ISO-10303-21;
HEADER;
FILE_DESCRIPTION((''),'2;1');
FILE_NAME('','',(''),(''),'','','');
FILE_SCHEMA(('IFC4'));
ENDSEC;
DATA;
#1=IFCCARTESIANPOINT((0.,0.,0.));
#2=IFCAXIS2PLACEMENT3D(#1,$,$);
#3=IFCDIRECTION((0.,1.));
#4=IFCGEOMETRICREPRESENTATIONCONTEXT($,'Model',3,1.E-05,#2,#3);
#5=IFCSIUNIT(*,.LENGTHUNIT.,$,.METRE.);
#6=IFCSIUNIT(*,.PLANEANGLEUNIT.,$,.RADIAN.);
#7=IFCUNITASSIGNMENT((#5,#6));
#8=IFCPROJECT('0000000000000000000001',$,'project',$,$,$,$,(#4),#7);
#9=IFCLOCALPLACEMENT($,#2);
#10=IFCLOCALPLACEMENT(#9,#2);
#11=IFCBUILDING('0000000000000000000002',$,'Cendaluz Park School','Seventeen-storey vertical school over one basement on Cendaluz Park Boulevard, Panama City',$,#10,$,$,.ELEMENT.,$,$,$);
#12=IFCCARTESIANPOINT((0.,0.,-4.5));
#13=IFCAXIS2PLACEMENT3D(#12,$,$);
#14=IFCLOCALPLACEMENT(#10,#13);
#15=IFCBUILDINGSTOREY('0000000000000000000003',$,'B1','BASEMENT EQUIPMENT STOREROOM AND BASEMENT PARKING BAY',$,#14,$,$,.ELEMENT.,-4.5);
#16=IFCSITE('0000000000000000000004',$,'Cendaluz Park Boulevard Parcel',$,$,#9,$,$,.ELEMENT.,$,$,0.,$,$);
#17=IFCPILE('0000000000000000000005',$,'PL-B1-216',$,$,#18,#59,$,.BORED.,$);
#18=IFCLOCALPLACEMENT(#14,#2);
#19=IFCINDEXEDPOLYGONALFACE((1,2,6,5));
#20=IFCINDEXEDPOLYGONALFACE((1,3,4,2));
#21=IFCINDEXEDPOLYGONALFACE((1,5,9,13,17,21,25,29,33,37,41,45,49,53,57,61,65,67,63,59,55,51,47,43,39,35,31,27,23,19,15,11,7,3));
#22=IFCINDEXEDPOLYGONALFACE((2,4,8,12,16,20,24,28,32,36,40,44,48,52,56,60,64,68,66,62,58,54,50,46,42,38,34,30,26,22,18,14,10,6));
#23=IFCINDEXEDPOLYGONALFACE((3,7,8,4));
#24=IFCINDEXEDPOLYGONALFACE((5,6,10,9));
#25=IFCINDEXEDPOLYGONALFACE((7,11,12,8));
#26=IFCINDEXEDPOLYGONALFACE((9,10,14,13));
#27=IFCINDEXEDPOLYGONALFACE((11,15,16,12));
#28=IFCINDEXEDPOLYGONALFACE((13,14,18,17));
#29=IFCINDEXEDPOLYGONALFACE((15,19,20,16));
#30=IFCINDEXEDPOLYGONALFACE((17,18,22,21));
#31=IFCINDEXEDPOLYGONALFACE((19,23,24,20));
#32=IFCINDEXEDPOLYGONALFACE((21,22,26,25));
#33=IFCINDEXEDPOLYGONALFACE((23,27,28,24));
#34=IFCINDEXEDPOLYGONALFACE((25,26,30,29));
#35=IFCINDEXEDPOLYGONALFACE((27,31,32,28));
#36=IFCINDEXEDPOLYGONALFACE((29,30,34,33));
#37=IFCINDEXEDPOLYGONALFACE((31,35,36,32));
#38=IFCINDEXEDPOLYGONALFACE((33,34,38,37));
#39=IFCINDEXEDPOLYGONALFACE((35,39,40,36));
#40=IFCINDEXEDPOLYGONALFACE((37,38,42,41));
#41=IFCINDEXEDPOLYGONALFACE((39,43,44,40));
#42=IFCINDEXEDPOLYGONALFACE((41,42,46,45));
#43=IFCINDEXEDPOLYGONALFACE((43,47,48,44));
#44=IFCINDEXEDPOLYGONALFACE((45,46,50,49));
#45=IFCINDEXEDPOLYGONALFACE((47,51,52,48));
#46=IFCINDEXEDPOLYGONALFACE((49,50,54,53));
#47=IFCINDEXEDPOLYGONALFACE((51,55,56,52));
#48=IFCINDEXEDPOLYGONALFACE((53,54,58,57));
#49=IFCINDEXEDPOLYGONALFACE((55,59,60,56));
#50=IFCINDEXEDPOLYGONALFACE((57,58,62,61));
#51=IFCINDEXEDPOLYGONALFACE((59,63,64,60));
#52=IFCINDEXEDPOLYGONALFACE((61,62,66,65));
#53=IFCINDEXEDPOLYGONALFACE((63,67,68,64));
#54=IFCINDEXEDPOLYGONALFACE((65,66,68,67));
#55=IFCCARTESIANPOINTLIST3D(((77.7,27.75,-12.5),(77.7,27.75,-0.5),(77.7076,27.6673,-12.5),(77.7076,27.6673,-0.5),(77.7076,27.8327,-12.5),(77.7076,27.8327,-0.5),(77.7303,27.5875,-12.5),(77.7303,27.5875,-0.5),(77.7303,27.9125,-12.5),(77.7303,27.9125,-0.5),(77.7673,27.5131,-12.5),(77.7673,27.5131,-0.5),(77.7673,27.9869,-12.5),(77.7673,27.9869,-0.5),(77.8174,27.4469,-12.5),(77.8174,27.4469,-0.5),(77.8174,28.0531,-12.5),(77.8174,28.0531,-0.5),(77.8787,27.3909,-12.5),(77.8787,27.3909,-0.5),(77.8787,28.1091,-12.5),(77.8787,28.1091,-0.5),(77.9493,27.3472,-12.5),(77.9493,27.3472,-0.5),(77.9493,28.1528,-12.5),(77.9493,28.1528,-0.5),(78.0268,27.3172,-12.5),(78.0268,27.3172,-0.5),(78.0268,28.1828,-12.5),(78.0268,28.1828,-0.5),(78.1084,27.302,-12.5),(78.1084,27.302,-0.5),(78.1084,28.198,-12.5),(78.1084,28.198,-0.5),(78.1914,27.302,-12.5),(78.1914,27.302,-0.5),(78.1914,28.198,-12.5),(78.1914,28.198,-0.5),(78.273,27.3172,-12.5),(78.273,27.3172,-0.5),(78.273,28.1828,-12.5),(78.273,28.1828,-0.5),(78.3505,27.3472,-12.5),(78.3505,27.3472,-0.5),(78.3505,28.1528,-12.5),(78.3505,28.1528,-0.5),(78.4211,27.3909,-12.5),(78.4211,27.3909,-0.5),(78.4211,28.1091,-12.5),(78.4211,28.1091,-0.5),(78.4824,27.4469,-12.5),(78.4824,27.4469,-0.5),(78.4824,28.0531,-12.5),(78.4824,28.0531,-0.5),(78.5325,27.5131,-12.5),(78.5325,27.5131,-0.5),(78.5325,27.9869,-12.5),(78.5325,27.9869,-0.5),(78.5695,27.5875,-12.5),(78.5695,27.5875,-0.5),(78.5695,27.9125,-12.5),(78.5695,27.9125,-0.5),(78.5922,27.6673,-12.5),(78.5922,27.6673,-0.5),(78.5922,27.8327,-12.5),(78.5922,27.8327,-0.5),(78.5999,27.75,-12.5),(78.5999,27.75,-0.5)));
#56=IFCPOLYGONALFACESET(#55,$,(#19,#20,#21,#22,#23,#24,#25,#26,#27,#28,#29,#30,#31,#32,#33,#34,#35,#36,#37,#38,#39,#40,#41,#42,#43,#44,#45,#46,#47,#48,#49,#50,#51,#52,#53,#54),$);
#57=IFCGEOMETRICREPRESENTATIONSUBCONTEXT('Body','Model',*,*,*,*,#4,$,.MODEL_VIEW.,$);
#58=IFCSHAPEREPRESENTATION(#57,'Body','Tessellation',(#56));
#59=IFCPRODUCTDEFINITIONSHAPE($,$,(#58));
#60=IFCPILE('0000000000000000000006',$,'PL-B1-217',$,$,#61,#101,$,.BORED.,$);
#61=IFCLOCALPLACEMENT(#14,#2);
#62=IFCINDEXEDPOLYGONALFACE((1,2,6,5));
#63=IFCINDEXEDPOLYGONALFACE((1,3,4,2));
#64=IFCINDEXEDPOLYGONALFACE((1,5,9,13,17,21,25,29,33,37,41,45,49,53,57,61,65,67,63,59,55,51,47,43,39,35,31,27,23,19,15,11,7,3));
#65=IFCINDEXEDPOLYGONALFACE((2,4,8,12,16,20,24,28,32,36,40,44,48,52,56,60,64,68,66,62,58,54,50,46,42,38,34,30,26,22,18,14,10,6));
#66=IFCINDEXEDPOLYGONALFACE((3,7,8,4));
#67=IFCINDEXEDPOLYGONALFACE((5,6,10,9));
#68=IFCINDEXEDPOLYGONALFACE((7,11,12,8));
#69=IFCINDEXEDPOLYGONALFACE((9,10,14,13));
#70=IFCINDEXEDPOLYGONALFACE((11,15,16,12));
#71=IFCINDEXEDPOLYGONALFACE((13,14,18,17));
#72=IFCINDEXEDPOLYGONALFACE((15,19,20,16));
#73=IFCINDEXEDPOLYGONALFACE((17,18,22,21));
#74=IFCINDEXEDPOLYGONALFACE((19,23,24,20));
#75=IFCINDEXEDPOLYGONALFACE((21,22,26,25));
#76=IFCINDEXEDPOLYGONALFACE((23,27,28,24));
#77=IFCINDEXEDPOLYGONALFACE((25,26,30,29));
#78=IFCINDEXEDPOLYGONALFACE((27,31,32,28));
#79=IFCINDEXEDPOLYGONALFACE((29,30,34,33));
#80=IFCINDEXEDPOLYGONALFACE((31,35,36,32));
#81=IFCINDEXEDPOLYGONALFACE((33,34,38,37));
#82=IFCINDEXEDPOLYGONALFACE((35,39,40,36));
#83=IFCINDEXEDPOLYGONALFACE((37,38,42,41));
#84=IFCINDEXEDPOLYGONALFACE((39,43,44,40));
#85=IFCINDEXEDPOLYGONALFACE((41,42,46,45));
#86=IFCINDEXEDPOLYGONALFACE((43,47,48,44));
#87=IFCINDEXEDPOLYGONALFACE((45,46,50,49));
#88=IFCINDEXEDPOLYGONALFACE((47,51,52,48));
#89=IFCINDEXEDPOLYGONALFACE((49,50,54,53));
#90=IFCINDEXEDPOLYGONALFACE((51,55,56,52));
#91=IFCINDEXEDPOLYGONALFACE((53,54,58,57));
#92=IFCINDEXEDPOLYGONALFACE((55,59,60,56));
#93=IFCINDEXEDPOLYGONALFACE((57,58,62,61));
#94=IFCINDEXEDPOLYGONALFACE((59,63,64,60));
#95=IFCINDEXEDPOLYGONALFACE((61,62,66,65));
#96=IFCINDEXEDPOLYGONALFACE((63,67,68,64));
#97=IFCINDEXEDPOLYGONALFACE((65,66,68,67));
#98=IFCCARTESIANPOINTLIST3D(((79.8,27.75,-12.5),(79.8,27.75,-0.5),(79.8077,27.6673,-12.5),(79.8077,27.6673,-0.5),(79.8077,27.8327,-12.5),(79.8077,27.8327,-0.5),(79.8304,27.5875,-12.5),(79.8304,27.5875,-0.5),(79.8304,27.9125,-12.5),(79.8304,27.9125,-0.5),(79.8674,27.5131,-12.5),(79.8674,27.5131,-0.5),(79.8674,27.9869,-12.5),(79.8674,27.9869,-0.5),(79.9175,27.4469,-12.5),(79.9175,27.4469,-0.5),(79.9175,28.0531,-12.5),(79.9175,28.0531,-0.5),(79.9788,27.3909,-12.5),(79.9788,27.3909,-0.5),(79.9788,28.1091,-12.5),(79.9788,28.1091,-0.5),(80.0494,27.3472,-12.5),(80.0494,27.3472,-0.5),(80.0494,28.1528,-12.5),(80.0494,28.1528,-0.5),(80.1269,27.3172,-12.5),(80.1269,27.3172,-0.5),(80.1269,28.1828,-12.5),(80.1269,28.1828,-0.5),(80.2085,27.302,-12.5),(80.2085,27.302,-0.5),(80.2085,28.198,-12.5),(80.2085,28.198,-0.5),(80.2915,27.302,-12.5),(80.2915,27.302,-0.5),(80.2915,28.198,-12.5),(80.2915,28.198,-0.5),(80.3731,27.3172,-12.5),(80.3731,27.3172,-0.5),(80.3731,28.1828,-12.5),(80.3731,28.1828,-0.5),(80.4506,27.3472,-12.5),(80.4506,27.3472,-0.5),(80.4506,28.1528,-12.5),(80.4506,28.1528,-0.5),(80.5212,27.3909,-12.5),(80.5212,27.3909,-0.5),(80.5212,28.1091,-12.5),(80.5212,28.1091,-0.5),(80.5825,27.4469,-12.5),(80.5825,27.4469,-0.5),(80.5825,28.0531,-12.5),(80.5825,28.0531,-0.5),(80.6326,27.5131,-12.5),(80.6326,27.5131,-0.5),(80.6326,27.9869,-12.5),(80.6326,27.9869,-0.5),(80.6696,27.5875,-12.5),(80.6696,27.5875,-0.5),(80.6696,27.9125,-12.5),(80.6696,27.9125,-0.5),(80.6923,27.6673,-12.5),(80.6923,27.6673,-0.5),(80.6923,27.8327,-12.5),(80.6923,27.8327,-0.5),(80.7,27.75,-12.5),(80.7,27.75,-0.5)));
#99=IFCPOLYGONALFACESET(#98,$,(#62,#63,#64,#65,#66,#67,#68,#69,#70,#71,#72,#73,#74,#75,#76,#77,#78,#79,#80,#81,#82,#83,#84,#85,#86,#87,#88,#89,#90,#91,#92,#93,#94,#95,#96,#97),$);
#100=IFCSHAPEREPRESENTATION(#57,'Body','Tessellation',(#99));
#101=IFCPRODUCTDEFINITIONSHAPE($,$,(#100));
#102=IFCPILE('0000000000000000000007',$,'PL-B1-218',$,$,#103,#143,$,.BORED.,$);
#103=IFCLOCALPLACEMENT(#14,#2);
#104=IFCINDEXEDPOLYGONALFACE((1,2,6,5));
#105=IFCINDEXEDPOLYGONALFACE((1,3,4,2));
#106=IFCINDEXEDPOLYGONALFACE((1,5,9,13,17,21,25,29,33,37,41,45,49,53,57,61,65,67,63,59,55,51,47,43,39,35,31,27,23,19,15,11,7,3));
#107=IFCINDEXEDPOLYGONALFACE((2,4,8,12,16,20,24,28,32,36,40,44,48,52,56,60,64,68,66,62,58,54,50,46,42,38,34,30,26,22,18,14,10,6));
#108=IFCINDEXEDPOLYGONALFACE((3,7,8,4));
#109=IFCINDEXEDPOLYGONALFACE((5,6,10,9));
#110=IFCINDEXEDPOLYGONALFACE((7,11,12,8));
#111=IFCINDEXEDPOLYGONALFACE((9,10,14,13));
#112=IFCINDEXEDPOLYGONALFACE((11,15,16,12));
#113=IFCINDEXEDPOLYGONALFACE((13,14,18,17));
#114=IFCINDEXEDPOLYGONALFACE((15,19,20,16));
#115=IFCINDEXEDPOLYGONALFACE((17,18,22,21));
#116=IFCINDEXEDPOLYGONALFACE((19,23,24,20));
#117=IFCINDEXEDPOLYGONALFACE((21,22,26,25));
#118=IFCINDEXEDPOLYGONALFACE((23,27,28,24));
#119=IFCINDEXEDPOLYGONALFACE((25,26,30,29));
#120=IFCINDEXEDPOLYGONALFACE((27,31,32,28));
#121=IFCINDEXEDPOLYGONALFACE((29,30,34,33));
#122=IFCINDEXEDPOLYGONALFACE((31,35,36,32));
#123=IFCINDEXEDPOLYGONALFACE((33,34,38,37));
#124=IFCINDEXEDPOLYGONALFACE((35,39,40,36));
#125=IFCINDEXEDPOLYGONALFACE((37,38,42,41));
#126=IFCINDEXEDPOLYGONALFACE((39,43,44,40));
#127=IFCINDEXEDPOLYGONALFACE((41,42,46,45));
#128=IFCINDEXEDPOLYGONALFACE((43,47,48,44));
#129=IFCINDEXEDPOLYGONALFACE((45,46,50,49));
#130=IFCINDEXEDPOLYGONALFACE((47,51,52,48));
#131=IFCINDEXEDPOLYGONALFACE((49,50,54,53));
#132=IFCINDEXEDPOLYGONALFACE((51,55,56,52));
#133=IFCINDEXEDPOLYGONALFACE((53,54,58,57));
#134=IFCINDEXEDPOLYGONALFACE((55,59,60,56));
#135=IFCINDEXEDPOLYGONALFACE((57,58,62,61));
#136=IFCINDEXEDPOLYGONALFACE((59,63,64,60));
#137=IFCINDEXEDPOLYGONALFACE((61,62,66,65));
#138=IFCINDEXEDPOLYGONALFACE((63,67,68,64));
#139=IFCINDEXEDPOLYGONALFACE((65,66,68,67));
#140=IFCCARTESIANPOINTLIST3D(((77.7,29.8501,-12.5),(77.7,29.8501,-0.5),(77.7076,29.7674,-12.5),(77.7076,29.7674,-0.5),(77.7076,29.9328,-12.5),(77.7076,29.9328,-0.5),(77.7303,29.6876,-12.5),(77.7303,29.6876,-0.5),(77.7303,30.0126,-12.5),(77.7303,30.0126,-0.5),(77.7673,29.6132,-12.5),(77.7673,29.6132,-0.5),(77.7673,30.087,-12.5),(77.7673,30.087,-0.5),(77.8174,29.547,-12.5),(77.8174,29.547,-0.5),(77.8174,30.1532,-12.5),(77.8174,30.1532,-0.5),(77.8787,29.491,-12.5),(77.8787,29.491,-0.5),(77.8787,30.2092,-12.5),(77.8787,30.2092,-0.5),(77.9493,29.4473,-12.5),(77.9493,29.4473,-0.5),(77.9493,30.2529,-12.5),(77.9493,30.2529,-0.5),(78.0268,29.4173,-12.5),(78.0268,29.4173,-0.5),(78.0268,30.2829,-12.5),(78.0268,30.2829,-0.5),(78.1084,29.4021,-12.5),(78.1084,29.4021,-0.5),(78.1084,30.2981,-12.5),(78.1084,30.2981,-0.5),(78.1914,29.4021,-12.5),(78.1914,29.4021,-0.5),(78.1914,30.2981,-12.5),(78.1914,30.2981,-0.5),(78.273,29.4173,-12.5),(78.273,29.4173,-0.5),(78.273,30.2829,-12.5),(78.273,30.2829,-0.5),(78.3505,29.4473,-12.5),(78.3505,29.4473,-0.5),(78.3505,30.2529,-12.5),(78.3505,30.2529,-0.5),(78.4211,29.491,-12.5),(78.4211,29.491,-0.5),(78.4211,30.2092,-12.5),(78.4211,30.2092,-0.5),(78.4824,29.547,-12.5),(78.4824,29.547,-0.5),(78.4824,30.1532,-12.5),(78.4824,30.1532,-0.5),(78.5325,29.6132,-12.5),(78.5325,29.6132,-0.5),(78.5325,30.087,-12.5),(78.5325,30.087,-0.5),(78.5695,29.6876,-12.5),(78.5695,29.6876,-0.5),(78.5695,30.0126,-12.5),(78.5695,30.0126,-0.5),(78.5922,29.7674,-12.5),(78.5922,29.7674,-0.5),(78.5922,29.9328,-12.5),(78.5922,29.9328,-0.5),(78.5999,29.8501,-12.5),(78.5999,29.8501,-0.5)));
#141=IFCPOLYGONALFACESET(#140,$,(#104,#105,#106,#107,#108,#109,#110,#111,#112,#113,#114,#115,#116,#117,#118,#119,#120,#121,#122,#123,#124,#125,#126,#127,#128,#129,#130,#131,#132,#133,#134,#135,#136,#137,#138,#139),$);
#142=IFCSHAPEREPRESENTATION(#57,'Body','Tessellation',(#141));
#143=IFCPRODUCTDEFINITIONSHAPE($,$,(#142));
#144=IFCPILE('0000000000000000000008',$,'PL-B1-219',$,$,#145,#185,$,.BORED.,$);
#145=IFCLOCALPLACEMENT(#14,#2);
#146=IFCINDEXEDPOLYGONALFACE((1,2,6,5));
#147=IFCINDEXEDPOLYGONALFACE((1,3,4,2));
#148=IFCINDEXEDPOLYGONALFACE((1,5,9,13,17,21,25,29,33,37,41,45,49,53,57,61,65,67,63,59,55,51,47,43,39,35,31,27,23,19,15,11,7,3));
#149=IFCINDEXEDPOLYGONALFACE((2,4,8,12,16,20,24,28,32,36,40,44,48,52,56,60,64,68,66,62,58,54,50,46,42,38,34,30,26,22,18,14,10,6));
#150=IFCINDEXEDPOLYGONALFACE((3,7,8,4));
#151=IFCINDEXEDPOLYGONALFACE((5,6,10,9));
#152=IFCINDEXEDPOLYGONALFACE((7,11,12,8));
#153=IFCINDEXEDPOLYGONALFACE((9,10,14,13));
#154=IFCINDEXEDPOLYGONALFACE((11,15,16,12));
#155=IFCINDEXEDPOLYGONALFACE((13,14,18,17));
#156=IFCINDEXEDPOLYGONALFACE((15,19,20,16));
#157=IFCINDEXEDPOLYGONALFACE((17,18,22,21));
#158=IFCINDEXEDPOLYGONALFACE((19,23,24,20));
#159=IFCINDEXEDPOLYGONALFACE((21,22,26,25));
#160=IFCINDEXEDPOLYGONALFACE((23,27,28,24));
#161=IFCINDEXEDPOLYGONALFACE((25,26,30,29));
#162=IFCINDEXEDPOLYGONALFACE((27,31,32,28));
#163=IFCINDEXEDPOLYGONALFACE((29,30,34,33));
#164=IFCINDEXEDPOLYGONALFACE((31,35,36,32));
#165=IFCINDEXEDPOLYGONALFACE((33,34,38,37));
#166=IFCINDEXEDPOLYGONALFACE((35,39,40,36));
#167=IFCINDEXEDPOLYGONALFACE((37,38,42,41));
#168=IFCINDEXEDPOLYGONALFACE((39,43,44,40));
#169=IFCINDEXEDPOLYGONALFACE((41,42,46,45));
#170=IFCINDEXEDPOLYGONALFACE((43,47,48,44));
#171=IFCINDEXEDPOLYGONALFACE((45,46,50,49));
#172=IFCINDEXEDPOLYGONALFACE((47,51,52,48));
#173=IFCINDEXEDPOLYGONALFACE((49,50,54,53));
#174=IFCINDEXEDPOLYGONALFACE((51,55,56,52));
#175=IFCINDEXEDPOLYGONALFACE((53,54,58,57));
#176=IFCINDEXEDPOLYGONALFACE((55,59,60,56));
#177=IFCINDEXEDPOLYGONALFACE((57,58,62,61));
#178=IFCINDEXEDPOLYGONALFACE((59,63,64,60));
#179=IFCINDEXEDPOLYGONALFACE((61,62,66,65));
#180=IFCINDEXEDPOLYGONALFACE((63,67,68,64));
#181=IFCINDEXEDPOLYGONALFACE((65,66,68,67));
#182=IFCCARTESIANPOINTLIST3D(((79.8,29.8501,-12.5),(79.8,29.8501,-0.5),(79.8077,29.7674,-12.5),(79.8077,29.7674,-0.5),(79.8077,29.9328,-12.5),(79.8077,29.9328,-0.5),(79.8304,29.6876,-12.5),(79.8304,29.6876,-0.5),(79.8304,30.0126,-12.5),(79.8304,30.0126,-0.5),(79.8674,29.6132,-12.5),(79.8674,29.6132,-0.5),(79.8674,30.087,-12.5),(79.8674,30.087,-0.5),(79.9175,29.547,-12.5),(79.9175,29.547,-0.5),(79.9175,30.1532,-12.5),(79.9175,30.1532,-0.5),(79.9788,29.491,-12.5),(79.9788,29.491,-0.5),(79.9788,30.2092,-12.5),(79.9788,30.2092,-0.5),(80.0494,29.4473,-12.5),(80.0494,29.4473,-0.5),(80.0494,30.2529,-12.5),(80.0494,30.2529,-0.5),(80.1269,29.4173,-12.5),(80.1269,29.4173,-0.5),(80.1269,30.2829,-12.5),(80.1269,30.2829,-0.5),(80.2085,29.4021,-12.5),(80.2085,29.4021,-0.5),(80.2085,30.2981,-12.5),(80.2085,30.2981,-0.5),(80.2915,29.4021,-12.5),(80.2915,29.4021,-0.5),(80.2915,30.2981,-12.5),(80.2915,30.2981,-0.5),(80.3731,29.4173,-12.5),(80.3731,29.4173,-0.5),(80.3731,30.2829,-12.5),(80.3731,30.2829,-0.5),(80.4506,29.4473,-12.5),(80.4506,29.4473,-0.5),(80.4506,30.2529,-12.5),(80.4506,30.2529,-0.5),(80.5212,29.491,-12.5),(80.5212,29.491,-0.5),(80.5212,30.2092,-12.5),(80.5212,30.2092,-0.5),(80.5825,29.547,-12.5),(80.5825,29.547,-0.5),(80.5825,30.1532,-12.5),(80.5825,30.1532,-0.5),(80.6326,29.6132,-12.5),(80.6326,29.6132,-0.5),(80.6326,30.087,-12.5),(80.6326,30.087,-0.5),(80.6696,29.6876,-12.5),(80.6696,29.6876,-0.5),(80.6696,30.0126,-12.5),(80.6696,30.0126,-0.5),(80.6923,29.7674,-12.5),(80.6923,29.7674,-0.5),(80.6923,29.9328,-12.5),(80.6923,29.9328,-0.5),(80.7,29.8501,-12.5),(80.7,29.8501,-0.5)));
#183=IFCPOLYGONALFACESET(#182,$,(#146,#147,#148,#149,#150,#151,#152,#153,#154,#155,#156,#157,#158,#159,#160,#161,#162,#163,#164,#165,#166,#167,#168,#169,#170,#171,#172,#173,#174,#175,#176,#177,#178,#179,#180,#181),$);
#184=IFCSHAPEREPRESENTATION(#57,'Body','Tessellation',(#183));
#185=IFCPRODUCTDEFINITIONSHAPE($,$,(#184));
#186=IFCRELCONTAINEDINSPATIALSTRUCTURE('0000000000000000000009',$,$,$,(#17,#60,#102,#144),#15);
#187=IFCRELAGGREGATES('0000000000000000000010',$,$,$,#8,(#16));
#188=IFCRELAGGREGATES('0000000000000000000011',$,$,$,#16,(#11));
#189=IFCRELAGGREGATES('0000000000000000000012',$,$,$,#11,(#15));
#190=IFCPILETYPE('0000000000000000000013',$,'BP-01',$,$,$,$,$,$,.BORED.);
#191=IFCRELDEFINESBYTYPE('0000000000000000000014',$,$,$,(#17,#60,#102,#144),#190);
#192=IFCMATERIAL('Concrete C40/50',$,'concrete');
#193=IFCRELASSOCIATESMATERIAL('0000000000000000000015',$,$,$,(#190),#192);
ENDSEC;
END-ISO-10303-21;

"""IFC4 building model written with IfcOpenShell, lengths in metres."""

from ifc_helpers import new_model, si_unit, direction, frame, origin, origin_2d, place, context, subcontext, project, spatial, circle, extrude, material, material_profile, profile_set, type_object, element, save


model = new_model("IFC4")

# Units and contexts
model_context = context("Model", 3, precision=1e-05, world=origin(), true_north=direction((0.0, 1.0)))
body_context = subcontext(model_context, "Body", "Model", "MODEL_VIEW")
ifc_project = project(units=[si_unit("LENGTHUNIT", "METRE"), si_unit("PLANEANGLEUNIT", "RADIAN")], contexts=[model_context])

# Site, building, storey
site_placement = place(None, origin())
site = spatial("IfcSite", under=ifc_project, at=site_placement, Name="Cendaluz Park Boulevard Parcel", CompositionType="ELEMENT", RefElevation=0.0)
building_placement = place(site_placement, origin())
building = spatial("IfcBuilding", under=site, at=building_placement, Name="Cendaluz Park School", Description="Seventeen-storey vertical school over one basement on Cendaluz Park Boulevard, Panama City", CompositionType="ELEMENT")
storey_placement = place(building_placement, frame((0.0, 0.0, -4.5)))
storey = spatial("IfcBuildingStorey", under=building, at=storey_placement, Name="B1", Description="BASEMENT EQUIPMENT STOREROOM AND BASEMENT PARKING BAY", CompositionType="ELEMENT", Elevation=-4.5)

# Piles
ifc_material_1 = material(Name="Concrete C40/50", Category="concrete")
ifc_material_profile_1 = material_profile(ifc_material_1, circle(Radius=0.45, at=origin_2d()), Name="BP D900", Category="concrete")
ifc_profile_set_1 = profile_set([ifc_material_profile_1], Name="Concrete C40/50")
pile_type = type_object("IfcPileType", Name="BP-01", PredefinedType="BORED", material=ifc_profile_set_1)
for number, where, z_axis, x_axis, name in (
    (1, (78.1499, 27.75, -0.5), (0.0, 0.0, -1.0), (1.0, 0.0, 0.0), "PL-B1-216"),
    (2, (80.25, 27.75, -0.5), (0.0, 0.0, -1.0), (1.0, 0.0, 0.0), "PL-B1-217"),
    (3, (78.1499, 29.8501, -0.5), (0.0, 0.0, -1.0), (1.0, 0.0, 0.0), "PL-B1-218"),
    (4, (80.25, 29.8501, -0.5), (0.0, 0.0, -1.0), (1.0, 0.0, 0.0), "PL-B1-219"),
):
    element("IfcPile", number, at=place(storey_placement, frame(where, z_axis=z_axis, x_axis=x_axis)), inside=storey, type_object=pile_type, Name=name, PredefinedType="BORED", context=body_context, shape_type="SweptSolid", body=[
        extrude(circle(Radius=0.45, at=origin_2d()), origin(), (0.0, 0.0, 1.0), 12.0),
    ])

save(model, "model.ifc")
